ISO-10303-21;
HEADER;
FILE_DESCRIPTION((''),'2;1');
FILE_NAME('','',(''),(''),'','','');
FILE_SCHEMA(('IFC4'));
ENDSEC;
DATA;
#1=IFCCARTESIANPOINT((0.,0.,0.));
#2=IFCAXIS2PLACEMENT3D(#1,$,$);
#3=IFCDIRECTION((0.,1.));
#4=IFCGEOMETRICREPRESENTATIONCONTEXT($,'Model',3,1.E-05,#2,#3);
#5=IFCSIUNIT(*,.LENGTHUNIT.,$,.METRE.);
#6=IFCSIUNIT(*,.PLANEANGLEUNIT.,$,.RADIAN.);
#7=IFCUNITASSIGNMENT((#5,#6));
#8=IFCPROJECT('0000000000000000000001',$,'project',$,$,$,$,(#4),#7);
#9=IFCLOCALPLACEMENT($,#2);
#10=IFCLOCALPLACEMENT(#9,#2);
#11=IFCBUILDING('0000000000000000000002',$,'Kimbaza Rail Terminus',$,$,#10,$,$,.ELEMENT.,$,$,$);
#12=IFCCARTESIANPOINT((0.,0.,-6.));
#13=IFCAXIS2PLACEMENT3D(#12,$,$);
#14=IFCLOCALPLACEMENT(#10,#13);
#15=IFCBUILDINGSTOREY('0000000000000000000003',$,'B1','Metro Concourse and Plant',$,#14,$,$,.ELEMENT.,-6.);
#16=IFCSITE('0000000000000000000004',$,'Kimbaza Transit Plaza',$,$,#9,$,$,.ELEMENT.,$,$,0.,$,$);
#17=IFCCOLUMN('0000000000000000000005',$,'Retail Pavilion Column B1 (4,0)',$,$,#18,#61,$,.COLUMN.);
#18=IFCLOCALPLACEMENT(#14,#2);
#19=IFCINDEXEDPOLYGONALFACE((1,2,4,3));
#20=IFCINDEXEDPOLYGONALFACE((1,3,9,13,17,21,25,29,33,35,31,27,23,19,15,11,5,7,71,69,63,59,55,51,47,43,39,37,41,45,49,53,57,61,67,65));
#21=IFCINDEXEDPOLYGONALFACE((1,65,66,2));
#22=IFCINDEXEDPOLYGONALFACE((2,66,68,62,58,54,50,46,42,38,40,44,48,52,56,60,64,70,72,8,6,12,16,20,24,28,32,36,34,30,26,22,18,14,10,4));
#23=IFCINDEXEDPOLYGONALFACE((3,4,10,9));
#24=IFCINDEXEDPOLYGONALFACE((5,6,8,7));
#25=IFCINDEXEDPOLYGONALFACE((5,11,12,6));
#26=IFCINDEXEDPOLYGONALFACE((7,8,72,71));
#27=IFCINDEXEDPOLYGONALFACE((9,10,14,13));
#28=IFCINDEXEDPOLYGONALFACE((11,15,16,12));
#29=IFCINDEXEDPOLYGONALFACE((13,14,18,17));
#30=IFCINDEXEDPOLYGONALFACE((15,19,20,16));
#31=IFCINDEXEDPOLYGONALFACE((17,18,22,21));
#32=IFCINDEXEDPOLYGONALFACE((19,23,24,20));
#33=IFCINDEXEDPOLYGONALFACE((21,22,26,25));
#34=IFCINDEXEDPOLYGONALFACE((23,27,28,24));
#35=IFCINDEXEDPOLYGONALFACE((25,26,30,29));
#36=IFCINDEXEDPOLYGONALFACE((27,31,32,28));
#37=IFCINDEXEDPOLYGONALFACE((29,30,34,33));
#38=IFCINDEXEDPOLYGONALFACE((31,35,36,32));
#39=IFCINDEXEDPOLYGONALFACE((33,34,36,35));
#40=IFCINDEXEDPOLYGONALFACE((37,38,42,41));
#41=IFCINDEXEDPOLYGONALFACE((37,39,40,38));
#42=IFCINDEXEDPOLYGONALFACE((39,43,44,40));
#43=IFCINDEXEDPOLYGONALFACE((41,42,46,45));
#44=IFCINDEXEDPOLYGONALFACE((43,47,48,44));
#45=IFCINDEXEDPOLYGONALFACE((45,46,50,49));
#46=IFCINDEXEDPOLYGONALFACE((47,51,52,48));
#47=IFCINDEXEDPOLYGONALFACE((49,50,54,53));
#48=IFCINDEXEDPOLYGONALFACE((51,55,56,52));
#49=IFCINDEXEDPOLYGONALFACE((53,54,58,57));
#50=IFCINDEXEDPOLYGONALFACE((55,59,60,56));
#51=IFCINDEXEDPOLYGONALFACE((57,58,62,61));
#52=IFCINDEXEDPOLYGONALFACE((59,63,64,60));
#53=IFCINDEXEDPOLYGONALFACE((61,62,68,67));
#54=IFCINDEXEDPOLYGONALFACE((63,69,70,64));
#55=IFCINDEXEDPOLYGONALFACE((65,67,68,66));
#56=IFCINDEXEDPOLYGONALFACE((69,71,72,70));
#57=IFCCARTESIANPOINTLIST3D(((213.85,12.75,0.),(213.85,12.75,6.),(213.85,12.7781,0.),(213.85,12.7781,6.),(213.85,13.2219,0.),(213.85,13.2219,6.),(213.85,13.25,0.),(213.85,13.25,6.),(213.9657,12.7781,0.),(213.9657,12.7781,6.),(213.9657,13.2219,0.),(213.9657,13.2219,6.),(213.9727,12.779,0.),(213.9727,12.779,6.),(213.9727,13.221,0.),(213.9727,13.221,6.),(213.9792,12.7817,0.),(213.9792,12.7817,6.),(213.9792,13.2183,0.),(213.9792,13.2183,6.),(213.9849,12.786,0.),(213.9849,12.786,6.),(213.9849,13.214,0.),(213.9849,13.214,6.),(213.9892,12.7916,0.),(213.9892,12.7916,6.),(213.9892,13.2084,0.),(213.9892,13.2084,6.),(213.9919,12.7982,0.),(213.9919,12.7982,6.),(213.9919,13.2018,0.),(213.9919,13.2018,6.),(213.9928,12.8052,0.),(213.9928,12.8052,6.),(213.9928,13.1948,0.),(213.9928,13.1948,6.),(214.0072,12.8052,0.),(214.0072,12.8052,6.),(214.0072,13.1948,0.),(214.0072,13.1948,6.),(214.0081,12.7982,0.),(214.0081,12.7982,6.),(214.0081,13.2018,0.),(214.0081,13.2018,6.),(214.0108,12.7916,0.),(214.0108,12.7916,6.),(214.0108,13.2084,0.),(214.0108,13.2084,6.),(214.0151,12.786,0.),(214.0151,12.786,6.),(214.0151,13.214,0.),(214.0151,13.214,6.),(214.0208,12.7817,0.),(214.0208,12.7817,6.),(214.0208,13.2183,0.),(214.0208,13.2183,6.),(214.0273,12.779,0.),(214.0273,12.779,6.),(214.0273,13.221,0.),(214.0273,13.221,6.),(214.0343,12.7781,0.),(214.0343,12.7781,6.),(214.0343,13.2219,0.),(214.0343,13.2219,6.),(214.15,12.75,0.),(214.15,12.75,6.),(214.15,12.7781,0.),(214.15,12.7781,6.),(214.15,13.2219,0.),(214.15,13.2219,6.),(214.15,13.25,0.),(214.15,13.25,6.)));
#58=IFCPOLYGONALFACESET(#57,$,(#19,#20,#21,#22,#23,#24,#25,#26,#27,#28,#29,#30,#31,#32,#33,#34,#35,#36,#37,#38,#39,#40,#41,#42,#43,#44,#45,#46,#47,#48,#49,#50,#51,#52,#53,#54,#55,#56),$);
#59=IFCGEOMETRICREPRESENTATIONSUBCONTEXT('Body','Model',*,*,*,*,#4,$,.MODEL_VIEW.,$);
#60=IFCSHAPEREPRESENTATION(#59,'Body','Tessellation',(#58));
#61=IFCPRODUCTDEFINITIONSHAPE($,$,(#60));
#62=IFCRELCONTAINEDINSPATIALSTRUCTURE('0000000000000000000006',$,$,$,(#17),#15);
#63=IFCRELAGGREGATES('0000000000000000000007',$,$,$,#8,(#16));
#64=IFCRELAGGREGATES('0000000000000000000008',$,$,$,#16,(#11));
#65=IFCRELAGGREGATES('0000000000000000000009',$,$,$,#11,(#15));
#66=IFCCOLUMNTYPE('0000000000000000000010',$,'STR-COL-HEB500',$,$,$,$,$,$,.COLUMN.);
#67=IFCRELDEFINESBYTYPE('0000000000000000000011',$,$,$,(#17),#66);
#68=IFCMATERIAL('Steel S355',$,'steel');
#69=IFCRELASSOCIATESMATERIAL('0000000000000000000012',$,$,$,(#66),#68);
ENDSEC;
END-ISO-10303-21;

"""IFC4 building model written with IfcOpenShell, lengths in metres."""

from ifc_helpers import new_model, si_unit, direction, frame, origin, origin_2d, place, context, subcontext, project, spatial, i_section, extrude, material, material_profile, profile_set, type_object, element, save


model = new_model("IFC4")

# Units and contexts
model_context = context("Model", 3, precision=1e-05, world=origin(), true_north=direction((0.0, 1.0)))
body_context = subcontext(model_context, "Body", "Model", "MODEL_VIEW")
ifc_project = project(units=[si_unit("LENGTHUNIT", "METRE"), si_unit("PLANEANGLEUNIT", "RADIAN")], contexts=[model_context])

# Site, building, storey
site_placement = place(None, origin())
site = spatial("IfcSite", under=ifc_project, at=site_placement, Name="Kimbaza Transit Plaza", CompositionType="ELEMENT", RefElevation=0.0)
building_placement = place(site_placement, origin())
building = spatial("IfcBuilding", under=site, at=building_placement, Name="Kimbaza Rail Terminus", CompositionType="ELEMENT")
storey_placement = place(building_placement, frame((0.0, 0.0, -6.0)))
storey = spatial("IfcBuildingStorey", under=building, at=storey_placement, Name="B1", Description="Metro Concourse and Plant", CompositionType="ELEMENT", Elevation=-6.0)

# Column
ifc_material_1 = material(Name="Steel S355", Category="steel")
ifc_material_profile_1 = material_profile(ifc_material_1, i_section(OverallWidth=0.3, OverallDepth=0.5, WebThickness=0.0144, FlangeThickness=0.0281, FilletRadius=0.0271, at=origin_2d()), Name="HEB 500")
ifc_profile_set_1 = profile_set([ifc_material_profile_1], Name="Steel S355")
column_type = type_object("IfcColumnType", Name="STR-COL-HEB500", PredefinedType="COLUMN", material=ifc_profile_set_1)
for number, where, z_axis, x_axis, name in (
    (1, (214.0, 13.0, 0.0), (0.0, 0.0, 1.0), (1.0, 0.0, 0.0), "Retail Pavilion Column B1 (4,0)"),
):
    element("IfcColumn", number, at=place(storey_placement, frame(where, z_axis=z_axis, x_axis=x_axis)), inside=storey, type_object=column_type, Name=name, PredefinedType="COLUMN", context=body_context, shape_type="SweptSolid", body=[
        extrude(i_section(OverallWidth=0.3, OverallDepth=0.5, WebThickness=0.0144, FlangeThickness=0.0281, FilletRadius=0.0271, at=origin_2d()), origin(), (0.0, 0.0, 1.0), 6.0),
    ])

save(model, "model.ifc")
